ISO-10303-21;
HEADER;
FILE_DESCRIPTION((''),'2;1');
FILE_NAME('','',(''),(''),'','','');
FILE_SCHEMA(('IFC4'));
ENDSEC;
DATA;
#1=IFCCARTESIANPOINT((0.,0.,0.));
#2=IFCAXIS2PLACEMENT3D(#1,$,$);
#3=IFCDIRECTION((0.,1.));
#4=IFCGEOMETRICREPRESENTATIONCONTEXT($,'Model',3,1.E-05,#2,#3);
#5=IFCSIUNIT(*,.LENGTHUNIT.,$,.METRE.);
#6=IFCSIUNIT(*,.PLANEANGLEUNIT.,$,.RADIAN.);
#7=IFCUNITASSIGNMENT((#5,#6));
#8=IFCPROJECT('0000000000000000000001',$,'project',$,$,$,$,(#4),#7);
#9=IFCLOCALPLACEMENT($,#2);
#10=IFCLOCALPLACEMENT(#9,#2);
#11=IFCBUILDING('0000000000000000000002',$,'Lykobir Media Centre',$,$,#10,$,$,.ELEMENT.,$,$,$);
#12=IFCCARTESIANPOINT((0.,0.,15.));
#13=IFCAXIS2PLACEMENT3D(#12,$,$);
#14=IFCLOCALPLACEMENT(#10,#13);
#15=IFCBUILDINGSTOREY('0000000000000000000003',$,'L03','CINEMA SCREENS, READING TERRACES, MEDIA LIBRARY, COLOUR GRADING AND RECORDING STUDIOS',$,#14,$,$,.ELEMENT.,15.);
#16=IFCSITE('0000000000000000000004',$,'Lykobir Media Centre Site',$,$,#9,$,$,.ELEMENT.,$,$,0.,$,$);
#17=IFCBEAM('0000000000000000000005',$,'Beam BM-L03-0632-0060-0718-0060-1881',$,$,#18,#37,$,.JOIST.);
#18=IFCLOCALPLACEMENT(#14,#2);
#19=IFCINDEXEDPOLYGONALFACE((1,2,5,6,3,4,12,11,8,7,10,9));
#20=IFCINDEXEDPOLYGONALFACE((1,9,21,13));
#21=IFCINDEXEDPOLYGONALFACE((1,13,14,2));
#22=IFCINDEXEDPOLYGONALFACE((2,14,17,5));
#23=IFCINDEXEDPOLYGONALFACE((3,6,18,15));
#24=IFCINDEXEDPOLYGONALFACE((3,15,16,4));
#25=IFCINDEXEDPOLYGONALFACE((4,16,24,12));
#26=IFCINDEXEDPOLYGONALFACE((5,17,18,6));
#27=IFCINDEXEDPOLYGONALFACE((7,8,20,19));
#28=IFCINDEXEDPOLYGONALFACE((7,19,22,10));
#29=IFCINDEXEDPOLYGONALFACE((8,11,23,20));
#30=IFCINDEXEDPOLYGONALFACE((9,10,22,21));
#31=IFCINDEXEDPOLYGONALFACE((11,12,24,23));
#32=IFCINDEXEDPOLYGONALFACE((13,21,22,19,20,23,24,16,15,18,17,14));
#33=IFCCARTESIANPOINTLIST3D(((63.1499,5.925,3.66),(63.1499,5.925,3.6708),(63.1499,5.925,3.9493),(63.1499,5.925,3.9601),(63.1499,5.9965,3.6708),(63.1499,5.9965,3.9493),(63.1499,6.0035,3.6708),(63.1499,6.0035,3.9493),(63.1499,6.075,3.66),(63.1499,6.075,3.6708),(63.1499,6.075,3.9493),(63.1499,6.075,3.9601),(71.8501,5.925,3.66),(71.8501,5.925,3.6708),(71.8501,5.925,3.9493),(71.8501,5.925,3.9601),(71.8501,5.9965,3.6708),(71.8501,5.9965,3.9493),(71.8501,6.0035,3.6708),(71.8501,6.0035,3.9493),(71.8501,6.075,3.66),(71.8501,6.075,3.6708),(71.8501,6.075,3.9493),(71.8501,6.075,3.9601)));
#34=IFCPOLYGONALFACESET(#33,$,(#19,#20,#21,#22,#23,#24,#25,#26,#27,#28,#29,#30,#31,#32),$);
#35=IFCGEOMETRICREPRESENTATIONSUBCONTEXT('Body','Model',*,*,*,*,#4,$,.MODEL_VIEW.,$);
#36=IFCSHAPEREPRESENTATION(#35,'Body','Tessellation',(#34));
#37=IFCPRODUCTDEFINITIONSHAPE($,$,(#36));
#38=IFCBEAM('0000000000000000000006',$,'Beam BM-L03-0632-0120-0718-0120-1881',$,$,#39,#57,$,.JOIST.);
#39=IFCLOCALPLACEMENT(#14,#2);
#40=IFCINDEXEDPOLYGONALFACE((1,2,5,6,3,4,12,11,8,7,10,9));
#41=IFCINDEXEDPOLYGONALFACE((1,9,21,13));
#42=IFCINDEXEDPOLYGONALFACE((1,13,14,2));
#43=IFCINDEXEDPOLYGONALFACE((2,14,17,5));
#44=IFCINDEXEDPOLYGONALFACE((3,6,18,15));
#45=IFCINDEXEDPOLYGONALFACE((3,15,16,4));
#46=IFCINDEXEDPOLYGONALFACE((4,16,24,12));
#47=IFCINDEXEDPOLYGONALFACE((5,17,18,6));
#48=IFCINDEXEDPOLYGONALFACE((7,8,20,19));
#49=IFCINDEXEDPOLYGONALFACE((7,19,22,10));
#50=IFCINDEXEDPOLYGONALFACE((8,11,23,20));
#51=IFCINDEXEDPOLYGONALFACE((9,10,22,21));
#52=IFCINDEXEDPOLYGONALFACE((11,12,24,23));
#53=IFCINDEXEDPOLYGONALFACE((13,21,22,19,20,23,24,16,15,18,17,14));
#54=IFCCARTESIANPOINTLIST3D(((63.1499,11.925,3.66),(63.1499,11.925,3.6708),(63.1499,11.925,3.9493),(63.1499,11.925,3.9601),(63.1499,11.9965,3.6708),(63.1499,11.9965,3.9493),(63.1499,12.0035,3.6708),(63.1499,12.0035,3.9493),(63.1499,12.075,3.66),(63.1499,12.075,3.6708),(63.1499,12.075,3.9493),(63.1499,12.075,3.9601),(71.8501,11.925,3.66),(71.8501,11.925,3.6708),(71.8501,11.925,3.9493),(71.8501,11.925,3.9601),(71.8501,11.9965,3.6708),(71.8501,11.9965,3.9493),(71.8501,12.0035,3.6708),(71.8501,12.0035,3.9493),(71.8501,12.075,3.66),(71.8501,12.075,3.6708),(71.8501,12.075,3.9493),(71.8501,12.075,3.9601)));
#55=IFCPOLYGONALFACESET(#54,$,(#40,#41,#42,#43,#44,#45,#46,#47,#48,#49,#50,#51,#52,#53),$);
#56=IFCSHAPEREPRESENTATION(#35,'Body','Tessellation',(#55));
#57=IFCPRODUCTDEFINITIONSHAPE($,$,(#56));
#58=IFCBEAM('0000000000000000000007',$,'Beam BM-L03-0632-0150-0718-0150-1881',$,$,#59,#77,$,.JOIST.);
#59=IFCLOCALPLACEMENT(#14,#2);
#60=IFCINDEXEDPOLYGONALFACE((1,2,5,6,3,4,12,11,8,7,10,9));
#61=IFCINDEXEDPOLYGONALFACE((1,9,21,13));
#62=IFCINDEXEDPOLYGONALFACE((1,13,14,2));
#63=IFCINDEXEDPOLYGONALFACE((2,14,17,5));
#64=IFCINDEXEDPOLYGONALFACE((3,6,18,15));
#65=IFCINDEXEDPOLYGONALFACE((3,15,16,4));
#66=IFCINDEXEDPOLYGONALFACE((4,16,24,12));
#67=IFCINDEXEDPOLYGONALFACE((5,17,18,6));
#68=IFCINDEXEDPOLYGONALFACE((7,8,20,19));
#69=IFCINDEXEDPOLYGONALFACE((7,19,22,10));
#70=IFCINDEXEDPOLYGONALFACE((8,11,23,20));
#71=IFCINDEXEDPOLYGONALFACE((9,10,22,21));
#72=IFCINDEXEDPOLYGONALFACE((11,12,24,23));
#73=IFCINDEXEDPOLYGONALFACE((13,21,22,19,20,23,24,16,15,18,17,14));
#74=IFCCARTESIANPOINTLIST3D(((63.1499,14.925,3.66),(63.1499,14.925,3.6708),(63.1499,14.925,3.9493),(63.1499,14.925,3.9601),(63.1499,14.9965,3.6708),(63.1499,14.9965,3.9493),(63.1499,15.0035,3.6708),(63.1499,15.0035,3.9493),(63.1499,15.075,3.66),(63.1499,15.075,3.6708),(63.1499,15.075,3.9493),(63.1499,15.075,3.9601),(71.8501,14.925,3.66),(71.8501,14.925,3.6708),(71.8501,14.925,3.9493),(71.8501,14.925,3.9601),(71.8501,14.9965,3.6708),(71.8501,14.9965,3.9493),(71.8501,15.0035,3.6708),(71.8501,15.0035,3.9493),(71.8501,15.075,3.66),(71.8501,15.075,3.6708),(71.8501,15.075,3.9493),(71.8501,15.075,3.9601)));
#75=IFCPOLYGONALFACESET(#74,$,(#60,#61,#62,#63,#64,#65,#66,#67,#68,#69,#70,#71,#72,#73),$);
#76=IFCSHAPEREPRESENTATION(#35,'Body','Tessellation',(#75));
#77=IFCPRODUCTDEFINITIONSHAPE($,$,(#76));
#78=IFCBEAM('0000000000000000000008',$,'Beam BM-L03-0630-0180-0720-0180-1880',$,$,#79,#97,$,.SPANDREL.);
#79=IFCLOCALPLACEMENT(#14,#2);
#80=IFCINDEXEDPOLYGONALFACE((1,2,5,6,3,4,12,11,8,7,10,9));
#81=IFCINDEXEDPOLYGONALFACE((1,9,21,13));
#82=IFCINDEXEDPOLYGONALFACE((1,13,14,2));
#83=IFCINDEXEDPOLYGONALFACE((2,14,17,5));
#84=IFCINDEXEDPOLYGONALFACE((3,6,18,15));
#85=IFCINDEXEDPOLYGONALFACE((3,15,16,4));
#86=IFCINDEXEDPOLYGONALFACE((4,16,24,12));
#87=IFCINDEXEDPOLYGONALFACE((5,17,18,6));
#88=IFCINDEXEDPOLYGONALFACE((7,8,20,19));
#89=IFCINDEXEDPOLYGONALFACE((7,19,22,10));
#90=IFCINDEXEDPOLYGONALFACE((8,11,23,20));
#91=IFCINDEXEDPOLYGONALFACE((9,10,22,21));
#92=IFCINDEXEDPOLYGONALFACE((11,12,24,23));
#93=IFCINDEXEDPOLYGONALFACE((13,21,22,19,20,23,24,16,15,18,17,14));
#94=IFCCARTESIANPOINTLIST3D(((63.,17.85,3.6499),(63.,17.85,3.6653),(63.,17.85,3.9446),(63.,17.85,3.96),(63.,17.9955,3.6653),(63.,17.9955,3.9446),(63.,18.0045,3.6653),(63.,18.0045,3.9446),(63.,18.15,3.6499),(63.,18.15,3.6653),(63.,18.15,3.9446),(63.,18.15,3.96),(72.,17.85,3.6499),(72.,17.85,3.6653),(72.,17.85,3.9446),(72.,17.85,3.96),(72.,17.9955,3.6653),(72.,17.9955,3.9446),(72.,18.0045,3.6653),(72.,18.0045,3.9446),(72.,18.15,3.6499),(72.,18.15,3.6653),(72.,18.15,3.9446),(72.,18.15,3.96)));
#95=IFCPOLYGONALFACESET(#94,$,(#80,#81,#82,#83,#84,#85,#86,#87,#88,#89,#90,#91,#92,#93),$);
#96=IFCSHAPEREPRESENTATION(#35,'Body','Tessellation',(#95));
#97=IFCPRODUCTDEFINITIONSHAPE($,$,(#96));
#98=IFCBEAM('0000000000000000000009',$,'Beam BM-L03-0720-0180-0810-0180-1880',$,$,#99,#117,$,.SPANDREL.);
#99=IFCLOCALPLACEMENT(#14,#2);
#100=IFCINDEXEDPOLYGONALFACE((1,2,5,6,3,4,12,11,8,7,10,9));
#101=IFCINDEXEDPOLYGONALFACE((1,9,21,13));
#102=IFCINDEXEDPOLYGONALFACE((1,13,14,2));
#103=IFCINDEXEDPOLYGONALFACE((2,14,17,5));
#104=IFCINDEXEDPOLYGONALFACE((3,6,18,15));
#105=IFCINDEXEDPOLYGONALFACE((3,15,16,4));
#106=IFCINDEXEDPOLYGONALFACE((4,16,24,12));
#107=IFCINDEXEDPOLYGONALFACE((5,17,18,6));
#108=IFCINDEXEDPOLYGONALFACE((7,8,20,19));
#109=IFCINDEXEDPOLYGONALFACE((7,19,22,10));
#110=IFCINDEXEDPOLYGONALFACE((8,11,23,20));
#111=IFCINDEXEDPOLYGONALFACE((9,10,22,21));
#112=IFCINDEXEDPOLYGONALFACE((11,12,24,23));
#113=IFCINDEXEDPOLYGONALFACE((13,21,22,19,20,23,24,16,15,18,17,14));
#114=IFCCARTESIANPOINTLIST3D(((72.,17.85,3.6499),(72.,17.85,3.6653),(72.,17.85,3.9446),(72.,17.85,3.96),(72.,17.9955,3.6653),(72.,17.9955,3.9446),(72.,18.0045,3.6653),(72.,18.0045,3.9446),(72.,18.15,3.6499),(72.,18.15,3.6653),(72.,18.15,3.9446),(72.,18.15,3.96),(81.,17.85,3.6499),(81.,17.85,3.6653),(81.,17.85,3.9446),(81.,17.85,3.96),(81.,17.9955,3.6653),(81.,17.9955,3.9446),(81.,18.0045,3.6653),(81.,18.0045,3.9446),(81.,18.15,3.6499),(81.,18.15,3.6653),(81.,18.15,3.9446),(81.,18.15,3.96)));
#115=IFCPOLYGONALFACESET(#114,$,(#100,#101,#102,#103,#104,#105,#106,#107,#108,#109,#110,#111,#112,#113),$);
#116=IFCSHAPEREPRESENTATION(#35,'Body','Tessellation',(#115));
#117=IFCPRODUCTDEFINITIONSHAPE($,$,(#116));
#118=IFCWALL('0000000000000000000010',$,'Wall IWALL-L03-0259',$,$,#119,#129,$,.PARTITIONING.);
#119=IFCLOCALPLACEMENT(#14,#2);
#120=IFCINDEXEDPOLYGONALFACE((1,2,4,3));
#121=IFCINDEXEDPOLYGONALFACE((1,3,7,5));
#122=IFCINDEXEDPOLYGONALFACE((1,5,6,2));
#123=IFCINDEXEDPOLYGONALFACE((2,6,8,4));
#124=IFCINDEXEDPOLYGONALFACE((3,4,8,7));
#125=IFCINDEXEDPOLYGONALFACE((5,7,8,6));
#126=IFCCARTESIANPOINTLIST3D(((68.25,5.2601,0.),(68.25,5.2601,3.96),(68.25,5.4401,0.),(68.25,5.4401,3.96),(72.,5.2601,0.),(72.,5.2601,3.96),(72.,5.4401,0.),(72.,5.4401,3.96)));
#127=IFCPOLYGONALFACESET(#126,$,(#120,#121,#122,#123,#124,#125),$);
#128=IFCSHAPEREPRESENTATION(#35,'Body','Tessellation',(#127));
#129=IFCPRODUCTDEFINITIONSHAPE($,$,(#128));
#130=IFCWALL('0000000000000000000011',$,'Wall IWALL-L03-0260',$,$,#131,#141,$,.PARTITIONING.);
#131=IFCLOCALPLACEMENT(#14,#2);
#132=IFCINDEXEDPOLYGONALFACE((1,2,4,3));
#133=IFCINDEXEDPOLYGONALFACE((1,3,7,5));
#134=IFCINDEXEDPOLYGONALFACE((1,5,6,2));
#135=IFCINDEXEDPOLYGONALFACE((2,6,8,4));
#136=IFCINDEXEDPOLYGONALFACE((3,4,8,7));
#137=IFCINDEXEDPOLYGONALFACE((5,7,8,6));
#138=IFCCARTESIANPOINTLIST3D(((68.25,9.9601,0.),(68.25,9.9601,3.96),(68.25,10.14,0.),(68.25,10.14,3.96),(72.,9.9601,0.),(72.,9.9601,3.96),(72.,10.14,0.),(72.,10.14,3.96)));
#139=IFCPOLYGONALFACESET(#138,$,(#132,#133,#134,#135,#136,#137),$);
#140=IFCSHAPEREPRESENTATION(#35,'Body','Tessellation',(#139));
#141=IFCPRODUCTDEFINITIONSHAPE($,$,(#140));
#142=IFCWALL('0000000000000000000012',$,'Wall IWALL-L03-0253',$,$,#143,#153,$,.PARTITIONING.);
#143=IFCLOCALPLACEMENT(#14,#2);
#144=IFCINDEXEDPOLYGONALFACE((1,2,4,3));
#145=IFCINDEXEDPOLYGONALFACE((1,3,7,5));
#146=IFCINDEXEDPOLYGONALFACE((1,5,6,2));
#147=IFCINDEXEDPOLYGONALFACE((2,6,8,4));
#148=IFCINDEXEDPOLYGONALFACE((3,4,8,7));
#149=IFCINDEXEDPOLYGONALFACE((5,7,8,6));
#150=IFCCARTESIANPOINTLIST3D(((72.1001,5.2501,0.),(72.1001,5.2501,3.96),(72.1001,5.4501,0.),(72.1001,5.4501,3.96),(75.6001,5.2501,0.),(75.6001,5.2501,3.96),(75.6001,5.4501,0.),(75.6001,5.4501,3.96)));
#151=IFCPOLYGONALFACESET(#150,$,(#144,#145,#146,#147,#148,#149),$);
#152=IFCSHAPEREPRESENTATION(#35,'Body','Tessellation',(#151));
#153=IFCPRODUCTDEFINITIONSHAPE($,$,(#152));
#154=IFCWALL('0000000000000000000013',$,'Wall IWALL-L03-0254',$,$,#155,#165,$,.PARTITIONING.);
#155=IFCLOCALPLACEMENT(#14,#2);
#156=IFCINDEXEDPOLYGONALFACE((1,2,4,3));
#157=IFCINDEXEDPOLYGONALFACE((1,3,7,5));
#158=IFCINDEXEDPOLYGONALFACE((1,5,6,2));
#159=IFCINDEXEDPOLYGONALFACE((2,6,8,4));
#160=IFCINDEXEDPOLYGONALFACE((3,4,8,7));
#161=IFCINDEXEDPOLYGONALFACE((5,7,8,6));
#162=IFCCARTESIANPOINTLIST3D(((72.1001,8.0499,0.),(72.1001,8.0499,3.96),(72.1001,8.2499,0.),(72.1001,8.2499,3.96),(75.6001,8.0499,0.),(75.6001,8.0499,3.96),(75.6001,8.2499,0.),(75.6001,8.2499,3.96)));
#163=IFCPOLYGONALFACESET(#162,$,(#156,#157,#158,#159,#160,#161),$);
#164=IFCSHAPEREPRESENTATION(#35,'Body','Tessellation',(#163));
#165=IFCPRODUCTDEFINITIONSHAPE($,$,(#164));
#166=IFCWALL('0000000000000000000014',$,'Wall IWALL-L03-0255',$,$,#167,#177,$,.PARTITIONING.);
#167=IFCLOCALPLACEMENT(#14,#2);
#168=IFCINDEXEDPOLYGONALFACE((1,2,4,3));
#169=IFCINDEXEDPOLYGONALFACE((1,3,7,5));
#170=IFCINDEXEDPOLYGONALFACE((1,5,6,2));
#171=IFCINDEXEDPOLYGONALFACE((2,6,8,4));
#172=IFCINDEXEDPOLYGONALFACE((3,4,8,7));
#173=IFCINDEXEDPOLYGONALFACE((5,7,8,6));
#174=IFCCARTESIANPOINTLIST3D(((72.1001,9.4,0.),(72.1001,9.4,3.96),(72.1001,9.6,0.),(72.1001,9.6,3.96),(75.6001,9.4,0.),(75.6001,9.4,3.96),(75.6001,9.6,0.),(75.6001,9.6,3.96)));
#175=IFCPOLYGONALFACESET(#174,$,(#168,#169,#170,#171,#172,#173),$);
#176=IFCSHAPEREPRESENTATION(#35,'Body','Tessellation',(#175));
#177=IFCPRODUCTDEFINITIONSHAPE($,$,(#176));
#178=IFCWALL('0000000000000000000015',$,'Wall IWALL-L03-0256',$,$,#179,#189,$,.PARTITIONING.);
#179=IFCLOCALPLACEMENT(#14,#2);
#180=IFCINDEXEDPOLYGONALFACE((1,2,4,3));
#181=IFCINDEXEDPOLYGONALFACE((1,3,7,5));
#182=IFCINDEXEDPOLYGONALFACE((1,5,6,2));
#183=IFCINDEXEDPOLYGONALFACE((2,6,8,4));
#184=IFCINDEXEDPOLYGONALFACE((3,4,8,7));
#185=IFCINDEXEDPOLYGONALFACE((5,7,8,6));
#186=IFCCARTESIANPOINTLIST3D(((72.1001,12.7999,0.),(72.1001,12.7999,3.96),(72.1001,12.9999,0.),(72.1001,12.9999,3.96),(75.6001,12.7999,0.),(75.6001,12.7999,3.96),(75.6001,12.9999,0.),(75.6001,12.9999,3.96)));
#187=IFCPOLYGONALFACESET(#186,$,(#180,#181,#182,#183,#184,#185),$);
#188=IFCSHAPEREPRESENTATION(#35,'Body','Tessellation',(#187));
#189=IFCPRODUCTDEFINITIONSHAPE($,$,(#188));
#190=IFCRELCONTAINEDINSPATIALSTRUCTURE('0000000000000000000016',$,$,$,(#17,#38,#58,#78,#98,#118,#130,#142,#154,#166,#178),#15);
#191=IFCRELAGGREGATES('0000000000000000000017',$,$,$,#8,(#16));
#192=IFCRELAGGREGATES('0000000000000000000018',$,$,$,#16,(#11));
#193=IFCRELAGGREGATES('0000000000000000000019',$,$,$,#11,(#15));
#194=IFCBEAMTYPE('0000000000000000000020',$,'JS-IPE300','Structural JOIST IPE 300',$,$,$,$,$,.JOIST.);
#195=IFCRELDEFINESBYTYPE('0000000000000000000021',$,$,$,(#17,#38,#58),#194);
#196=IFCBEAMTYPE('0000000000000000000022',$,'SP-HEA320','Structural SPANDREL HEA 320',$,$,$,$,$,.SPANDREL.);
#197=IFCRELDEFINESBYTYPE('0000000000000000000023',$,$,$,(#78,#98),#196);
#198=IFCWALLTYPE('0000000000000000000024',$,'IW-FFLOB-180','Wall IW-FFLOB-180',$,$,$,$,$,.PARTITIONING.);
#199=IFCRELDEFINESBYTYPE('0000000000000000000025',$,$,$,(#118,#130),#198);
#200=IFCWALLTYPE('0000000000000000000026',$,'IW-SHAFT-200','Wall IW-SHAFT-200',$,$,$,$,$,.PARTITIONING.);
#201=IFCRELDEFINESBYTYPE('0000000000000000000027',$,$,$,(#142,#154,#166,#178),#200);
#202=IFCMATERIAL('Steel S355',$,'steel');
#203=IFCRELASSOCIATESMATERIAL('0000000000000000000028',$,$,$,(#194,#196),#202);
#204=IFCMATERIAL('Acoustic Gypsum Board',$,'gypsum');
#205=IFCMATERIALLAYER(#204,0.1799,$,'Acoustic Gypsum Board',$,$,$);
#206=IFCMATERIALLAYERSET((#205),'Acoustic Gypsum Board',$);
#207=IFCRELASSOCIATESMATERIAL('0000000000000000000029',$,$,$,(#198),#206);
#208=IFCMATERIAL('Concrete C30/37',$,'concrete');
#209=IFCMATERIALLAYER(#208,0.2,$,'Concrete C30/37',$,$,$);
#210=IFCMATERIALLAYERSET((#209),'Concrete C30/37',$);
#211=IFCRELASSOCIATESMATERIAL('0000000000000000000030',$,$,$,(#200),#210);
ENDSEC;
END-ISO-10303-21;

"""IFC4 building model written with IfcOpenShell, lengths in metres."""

from ifc_helpers import new_model, si_unit, direction, frame, frame_2d, origin, origin_2d, place, context, subcontext, project, spatial, rectangle, i_section, extrude, material, layer, layer_set, material_profile, profile_set, type_object, element, save


model = new_model("IFC4")

# Units and contexts
model_context = context("Model", 3, precision=1e-05, world=origin(), true_north=direction((0.0, 1.0)))
body_context = subcontext(model_context, "Body", "Model", "MODEL_VIEW")
ifc_project = project(units=[si_unit("LENGTHUNIT", "METRE"), si_unit("PLANEANGLEUNIT", "RADIAN")], contexts=[model_context])

# Site, building, storey
site_placement = place(None, origin())
site = spatial("IfcSite", under=ifc_project, at=site_placement, Name="Lykobir Media Centre Site", CompositionType="ELEMENT", RefElevation=0.0)
building_placement = place(site_placement, origin())
building = spatial("IfcBuilding", under=site, at=building_placement, Name="Lykobir Media Centre", CompositionType="ELEMENT")
storey_placement = place(building_placement, frame((0.0, 0.0, 15.0)))
storey = spatial("IfcBuildingStorey", under=building, at=storey_placement, Name="L03", Description="CINEMA SCREENS, READING TERRACES, MEDIA LIBRARY, COLOUR GRADING AND RECORDING STUDIOS", CompositionType="ELEMENT", Elevation=15.0)

# Shared definitions
ifc_material_1 = material(Name="Steel S355", Category="steel")

# Beams
ifc_material_profile_1 = material_profile(ifc_material_1, i_section(OverallWidth=0.1499, OverallDepth=0.3, WebThickness=0.0071, FlangeThickness=0.0107, at=origin_2d()), Name="IPE 300")
ifc_profile_set_1 = profile_set([ifc_material_profile_1], Name="Steel S355")
beam_type_1 = type_object("IfcBeamType", Name="JS-IPE300", Description="Structural JOIST IPE 300", PredefinedType="JOIST", material=ifc_profile_set_1)
for number, where, z_axis, x_axis, name in (
    (1, (63.1499, 6.0, 3.8101), (1.0, 0.0, 0.0), (0.0, 1.0, 0.0), "Beam BM-L03-0632-0060-0718-0060-1881"),
    (2, (63.1499, 12.0, 3.8101), (1.0, 0.0, 0.0), (0.0, 1.0, 0.0), "Beam BM-L03-0632-0120-0718-0120-1881"),
    (3, (63.1499, 15.0, 3.8101), (1.0, 0.0, 0.0), (0.0, 1.0, 0.0), "Beam BM-L03-0632-0150-0718-0150-1881"),
):
    element("IfcBeam", number, at=place(storey_placement, frame(where, z_axis=z_axis, x_axis=x_axis)), inside=storey, type_object=beam_type_1, Name=name, PredefinedType="JOIST", context=body_context, shape_type="SweptSolid", body=[
        extrude(i_section(OverallWidth=0.1499, OverallDepth=0.3, WebThickness=0.0071, FlangeThickness=0.0107, at=origin_2d()), origin(), (0.0, 0.0, 1.0), 8.7002),
    ])
ifc_material_profile_2 = material_profile(ifc_material_1, i_section(OverallWidth=0.3, OverallDepth=0.3101, WebThickness=0.009, FlangeThickness=0.0154, at=origin_2d()), Name="HEA 320")
ifc_profile_set_2 = profile_set([ifc_material_profile_2], Name="Steel S355")
beam_type_2 = type_object("IfcBeamType", Name="SP-HEA320", Description="Structural SPANDREL HEA 320", PredefinedType="SPANDREL", material=ifc_profile_set_2)
for number, where, z_axis, x_axis, name in (
    (4, (63.0, 18.0, 3.8049), (1.0, 0.0, 0.0), (0.0, 1.0, 0.0), "Beam BM-L03-0630-0180-0720-0180-1880"),
    (5, (72.0, 18.0, 3.8049), (1.0, 0.0, 0.0), (0.0, 1.0, 0.0), "Beam BM-L03-0720-0180-0810-0180-1880"),
):
    element("IfcBeam", number, at=place(storey_placement, frame(where, z_axis=z_axis, x_axis=x_axis)), inside=storey, type_object=beam_type_2, Name=name, PredefinedType="SPANDREL", context=body_context, shape_type="SweptSolid", body=[
        extrude(i_section(OverallWidth=0.3, OverallDepth=0.3101, WebThickness=0.009, FlangeThickness=0.0154, at=origin_2d()), origin(), (0.0, 0.0, 1.0), 9.0),
    ])

# Walls
ifc_material_2 = material(Name="Acoustic Gypsum Board", Category="gypsum")
ifc_layer_1 = layer(ifc_material_2, 0.1799, Name="Acoustic Gypsum Board")
ifc_layer_set_1 = layer_set([ifc_layer_1], Name="Acoustic Gypsum Board")
wall_type_1 = type_object("IfcWallType", Name="IW-FFLOB-180", Description="Wall IW-FFLOB-180", PredefinedType="PARTITIONING", material=ifc_layer_set_1)
for number, where, z_axis, x_axis, name in (
    (6, (68.25, 5.3501, 0.0), (0.0, 0.0, 1.0), (1.0, 0.0, 0.0), "Wall IWALL-L03-0259"),
    (7, (68.25, 10.05, 0.0), (0.0, 0.0, 1.0), (1.0, 0.0, 0.0), "Wall IWALL-L03-0260"),
):
    element("IfcWall", number, at=place(storey_placement, frame(where, z_axis=z_axis, x_axis=x_axis)), inside=storey, type_object=wall_type_1, Name=name, PredefinedType="PARTITIONING", context=body_context, shape_type="SweptSolid", body=[
        extrude(rectangle(XDim=3.75, YDim=0.1799, at=frame_2d((1.875, 0.0))), origin(), (0.0, 0.0, 1.0), 3.96),
    ])
ifc_material_3 = material(Name="Concrete C30/37", Category="concrete")
ifc_layer_2 = layer(ifc_material_3, 0.2, Name="Concrete C30/37")
ifc_layer_set_2 = layer_set([ifc_layer_2], Name="Concrete C30/37")
wall_type_2 = type_object("IfcWallType", Name="IW-SHAFT-200", Description="Wall IW-SHAFT-200", PredefinedType="PARTITIONING", material=ifc_layer_set_2)
for number, where, z_axis, x_axis, name in (
    (8, (72.1001, 5.3501, 0.0), (0.0, 0.0, 1.0), (1.0, 0.0, 0.0), "Wall IWALL-L03-0253"),
    (9, (72.1001, 8.1499, 0.0), (0.0, 0.0, 1.0), (1.0, 0.0, 0.0), "Wall IWALL-L03-0254"),
    (10, (72.1001, 9.5, 0.0), (0.0, 0.0, 1.0), (1.0, 0.0, 0.0), "Wall IWALL-L03-0255"),
    (11, (72.1001, 12.8999, 0.0), (0.0, 0.0, 1.0), (1.0, 0.0, 0.0), "Wall IWALL-L03-0256"),
):
    element("IfcWall", number, at=place(storey_placement, frame(where, z_axis=z_axis, x_axis=x_axis)), inside=storey, type_object=wall_type_2, Name=name, PredefinedType="PARTITIONING", context=body_context, shape_type="SweptSolid", body=[
        extrude(rectangle(XDim=3.5, YDim=0.2, at=frame_2d((1.75, 0.0))), origin(), (0.0, 0.0, 1.0), 3.96),
    ])

save(model, "model.ifc")
